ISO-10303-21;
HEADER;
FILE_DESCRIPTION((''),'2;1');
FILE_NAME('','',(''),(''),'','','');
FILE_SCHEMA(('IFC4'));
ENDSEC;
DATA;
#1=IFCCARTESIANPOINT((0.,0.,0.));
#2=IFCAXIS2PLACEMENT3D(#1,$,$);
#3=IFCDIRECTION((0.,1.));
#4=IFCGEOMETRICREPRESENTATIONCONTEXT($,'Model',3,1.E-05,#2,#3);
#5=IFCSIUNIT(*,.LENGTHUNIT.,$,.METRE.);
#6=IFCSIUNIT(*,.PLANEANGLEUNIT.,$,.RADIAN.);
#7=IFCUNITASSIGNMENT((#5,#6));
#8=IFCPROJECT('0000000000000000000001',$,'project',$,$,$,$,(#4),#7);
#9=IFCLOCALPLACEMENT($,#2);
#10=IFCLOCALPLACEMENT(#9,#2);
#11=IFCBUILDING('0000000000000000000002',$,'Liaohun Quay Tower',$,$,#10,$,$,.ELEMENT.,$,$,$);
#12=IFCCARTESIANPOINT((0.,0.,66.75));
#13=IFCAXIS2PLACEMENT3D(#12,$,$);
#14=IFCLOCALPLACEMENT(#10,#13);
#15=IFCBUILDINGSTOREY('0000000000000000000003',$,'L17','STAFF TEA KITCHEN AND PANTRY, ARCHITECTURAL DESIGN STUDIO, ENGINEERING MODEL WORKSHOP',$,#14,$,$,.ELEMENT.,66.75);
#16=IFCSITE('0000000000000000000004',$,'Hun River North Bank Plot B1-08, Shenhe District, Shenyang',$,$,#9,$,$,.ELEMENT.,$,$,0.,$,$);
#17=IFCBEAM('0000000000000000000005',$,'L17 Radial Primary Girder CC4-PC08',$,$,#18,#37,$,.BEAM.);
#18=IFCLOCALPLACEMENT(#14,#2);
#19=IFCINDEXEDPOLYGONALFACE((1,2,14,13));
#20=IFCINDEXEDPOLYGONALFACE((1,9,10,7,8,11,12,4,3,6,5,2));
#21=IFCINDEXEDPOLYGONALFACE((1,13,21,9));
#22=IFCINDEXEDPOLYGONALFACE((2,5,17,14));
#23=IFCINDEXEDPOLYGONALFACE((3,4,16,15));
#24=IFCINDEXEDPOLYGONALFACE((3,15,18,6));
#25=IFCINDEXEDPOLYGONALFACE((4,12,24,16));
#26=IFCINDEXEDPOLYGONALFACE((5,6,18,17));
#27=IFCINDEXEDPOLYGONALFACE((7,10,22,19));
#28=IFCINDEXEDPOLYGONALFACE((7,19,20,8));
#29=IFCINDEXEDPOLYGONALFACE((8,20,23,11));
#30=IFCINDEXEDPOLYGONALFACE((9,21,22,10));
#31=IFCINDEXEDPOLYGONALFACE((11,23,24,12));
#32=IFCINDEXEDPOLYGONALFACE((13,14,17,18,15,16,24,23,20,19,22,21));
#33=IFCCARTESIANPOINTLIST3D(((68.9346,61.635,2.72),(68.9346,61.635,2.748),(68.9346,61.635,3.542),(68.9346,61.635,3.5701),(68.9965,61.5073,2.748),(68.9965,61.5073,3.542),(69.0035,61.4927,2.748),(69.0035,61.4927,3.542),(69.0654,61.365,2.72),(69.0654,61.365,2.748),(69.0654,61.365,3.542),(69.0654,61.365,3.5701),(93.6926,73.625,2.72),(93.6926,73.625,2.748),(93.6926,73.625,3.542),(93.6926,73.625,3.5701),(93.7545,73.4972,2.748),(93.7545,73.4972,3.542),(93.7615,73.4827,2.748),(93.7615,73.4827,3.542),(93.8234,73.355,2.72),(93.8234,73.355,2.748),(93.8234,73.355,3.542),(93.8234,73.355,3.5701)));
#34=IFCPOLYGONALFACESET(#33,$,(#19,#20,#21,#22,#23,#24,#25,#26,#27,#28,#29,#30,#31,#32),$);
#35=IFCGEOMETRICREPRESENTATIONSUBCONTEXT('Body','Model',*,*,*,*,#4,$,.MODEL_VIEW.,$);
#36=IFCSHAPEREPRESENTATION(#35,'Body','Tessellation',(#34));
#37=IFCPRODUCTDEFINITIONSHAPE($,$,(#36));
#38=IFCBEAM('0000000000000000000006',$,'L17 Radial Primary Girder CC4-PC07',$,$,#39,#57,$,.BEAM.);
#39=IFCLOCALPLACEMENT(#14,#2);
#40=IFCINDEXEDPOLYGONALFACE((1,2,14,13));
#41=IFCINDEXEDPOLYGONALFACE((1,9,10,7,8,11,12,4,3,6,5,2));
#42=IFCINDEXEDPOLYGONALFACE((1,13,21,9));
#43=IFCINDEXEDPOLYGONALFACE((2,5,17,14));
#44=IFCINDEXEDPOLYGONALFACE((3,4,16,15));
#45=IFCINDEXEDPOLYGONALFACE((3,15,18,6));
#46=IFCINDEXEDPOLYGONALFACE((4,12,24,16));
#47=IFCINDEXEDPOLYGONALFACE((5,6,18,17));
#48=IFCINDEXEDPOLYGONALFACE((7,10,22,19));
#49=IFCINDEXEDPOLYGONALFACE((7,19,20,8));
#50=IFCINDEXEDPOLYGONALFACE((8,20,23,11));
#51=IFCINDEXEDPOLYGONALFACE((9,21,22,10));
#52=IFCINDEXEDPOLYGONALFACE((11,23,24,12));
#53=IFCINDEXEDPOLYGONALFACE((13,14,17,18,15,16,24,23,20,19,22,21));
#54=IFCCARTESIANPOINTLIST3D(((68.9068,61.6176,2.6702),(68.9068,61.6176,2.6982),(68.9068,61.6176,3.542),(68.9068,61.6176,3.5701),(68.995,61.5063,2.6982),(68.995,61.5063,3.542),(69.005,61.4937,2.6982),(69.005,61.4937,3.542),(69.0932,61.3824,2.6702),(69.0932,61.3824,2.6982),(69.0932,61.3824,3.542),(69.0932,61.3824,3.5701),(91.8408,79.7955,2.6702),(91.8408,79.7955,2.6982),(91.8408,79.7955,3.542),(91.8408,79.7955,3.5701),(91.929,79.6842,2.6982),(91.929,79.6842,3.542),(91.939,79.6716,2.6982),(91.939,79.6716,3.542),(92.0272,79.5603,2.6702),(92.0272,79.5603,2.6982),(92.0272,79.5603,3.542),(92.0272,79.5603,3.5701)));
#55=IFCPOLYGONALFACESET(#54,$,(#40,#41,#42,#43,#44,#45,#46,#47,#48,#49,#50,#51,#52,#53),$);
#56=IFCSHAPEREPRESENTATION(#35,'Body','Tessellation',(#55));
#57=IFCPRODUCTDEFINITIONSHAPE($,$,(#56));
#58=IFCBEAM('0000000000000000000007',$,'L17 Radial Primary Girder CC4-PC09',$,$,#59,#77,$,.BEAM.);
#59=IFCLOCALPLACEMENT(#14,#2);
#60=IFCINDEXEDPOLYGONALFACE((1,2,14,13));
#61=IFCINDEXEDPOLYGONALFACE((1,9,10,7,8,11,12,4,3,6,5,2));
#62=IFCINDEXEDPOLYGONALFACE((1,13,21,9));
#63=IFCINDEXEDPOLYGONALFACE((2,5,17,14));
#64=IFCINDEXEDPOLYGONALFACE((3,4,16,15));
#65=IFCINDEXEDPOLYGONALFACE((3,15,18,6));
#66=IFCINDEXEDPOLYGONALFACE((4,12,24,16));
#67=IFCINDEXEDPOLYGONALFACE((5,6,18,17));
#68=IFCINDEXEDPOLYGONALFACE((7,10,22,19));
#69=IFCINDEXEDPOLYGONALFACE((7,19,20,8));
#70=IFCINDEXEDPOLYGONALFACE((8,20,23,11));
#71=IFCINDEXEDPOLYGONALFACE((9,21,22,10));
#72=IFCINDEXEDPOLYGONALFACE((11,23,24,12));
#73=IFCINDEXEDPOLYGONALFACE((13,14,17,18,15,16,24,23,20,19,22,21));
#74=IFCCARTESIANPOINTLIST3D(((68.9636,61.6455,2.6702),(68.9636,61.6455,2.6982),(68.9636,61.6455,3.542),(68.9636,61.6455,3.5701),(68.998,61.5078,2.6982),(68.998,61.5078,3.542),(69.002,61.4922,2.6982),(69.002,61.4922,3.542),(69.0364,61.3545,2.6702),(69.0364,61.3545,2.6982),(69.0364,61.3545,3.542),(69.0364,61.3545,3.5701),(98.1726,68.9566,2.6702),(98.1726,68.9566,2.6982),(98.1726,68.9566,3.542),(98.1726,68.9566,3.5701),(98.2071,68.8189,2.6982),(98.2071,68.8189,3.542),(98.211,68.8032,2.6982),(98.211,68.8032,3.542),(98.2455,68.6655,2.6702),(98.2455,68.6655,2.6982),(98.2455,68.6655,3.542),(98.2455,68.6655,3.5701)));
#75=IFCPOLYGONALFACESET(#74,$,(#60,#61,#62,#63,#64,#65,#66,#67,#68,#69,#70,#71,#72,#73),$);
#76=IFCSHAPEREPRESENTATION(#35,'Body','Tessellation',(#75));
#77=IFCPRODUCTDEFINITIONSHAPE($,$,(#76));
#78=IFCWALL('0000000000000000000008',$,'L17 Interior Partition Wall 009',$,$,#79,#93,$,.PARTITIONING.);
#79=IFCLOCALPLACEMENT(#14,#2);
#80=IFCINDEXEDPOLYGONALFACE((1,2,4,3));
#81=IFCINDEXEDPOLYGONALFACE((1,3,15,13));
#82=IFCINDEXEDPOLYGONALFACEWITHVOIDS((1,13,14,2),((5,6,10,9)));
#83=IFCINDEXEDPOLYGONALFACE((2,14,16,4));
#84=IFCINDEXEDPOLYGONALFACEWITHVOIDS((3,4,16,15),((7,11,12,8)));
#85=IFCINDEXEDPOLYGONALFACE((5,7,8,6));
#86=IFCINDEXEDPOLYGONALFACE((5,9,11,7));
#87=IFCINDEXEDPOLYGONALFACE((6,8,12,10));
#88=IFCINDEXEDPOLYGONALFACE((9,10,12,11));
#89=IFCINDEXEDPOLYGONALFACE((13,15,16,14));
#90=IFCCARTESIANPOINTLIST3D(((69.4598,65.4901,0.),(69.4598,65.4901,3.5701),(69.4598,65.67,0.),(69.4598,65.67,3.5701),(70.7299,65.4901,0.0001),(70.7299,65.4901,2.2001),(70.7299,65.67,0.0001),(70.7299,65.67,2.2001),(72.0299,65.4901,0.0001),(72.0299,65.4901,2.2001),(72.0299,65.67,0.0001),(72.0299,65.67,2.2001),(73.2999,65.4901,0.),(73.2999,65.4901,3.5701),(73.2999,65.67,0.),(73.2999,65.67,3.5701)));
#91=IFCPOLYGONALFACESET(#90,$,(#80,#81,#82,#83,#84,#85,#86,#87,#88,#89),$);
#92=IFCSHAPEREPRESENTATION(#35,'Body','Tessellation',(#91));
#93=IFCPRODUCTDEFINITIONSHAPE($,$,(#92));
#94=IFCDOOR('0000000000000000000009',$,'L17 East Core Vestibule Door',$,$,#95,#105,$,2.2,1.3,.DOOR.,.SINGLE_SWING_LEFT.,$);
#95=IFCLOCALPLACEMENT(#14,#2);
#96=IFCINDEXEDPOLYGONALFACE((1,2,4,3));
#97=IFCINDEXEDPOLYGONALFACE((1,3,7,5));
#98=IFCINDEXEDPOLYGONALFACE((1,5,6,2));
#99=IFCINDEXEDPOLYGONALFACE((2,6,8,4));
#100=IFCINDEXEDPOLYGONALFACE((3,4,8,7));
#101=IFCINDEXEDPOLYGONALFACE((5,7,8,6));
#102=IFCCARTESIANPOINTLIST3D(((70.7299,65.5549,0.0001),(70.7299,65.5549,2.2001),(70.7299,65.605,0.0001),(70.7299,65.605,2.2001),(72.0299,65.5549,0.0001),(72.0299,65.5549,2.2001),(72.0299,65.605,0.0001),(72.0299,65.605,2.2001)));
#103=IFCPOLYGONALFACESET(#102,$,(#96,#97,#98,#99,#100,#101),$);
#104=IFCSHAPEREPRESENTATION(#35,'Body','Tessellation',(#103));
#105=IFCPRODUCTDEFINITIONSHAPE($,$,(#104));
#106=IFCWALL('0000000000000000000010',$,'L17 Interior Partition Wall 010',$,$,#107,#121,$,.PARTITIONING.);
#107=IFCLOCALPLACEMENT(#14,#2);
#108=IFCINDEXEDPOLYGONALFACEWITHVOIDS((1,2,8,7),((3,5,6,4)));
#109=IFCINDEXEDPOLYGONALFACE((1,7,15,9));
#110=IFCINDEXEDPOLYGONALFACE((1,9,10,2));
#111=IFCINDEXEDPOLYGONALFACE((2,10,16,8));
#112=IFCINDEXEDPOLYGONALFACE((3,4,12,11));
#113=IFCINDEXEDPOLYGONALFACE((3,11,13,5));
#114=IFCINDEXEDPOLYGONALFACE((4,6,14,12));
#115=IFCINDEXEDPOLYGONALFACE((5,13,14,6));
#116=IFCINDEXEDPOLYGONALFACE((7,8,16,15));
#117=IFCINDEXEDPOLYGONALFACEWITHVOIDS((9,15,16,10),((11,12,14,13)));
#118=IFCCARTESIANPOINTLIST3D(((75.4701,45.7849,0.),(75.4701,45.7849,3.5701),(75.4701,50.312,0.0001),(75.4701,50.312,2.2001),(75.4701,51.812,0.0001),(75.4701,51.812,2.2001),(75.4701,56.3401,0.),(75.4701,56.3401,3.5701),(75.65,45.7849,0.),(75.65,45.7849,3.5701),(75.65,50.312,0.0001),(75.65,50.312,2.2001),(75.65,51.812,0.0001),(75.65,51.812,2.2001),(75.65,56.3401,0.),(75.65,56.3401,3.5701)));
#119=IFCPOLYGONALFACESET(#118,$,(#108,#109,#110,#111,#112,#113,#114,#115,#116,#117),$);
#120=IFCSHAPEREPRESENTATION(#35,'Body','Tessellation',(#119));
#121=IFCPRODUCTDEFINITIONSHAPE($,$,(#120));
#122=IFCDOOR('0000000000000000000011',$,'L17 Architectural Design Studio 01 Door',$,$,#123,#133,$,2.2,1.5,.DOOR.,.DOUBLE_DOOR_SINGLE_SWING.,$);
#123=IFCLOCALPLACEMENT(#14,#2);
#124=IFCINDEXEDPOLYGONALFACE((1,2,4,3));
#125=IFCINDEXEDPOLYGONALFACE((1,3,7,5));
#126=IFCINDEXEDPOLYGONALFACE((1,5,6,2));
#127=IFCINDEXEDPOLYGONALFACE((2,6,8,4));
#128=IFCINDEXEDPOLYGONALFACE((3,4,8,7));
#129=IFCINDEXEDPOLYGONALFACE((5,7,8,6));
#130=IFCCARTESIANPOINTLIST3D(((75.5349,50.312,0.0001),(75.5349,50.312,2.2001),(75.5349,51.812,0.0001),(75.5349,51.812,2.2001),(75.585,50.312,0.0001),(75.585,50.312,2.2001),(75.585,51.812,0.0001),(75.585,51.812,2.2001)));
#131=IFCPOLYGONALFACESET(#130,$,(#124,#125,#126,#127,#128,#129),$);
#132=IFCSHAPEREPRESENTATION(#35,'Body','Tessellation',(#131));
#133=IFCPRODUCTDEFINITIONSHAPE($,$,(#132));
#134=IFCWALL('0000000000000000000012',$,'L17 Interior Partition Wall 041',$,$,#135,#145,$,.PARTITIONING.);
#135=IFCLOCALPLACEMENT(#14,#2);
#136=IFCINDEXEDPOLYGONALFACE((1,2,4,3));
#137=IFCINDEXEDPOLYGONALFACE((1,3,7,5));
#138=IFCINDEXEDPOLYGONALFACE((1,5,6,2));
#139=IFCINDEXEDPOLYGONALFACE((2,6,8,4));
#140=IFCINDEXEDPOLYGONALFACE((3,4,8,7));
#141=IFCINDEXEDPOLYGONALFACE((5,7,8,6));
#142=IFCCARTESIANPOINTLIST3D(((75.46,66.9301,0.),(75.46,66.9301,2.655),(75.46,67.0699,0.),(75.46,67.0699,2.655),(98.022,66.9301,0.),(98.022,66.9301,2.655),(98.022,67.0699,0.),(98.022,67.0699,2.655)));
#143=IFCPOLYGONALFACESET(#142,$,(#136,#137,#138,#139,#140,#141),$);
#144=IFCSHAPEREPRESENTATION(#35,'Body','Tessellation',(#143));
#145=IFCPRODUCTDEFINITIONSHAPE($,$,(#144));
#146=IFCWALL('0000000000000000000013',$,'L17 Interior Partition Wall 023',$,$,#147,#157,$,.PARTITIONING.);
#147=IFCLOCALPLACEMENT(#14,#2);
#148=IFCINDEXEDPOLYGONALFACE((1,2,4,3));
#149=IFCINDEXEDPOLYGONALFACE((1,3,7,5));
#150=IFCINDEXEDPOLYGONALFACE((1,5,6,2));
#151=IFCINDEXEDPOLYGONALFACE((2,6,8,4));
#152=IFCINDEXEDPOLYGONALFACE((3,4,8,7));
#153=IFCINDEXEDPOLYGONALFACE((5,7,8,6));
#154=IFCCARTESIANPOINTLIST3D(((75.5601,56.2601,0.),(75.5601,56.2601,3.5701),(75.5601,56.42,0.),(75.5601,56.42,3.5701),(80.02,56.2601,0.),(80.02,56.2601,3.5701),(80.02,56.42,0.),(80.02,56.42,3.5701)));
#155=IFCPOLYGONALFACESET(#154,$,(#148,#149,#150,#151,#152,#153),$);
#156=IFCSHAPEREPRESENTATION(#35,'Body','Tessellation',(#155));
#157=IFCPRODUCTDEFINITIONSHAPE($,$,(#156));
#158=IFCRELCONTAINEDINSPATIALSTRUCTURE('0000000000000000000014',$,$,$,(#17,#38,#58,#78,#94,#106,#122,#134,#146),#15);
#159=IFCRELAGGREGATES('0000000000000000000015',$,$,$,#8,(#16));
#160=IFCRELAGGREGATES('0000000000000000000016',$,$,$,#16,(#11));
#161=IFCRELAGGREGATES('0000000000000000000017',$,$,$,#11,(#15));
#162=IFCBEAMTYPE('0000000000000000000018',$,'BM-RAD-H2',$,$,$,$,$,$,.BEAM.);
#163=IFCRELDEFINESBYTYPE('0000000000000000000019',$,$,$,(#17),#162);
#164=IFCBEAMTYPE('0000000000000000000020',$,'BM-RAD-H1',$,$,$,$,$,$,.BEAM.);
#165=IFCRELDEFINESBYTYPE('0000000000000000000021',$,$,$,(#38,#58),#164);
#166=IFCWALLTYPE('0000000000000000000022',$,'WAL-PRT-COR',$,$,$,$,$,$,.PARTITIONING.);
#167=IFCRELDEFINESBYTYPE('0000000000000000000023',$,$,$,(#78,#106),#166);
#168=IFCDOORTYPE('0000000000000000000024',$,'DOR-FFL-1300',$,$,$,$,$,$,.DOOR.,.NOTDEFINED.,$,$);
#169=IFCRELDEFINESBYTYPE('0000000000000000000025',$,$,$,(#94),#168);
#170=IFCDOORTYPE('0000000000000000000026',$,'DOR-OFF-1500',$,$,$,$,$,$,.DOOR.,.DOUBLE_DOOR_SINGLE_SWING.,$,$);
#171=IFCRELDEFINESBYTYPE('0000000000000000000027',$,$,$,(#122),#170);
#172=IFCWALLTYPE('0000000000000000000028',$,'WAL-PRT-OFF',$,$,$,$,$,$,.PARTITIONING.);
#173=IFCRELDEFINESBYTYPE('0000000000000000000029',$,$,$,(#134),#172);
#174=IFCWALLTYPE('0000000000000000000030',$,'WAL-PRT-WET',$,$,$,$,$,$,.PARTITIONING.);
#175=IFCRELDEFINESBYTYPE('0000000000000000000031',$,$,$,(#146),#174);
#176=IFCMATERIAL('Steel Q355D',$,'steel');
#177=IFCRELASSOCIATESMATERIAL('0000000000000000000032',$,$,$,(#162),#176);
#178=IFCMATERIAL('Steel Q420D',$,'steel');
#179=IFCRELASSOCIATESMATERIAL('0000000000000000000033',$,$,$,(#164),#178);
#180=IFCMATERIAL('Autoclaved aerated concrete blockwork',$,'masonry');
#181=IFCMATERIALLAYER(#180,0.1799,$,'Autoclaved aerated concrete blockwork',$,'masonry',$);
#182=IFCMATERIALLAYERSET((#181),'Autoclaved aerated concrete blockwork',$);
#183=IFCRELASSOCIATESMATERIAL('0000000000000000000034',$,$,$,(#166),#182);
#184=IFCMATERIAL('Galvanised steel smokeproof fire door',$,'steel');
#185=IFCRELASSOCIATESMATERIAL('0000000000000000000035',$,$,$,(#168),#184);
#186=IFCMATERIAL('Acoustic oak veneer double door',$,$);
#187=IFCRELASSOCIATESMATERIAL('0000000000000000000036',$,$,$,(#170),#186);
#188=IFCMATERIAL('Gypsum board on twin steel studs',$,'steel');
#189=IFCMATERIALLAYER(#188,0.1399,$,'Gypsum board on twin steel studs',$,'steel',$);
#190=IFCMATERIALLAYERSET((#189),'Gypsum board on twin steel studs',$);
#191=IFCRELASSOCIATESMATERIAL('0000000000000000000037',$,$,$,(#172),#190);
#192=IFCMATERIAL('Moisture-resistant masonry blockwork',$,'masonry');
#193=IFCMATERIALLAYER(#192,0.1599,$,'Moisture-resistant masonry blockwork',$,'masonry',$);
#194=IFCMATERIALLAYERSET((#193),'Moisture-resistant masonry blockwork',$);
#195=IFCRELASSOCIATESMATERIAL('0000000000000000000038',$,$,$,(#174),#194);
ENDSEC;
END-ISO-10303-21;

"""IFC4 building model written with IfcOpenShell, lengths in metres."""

from ifc_helpers import new_model, si_unit, direction, frame, frame_2d, origin, origin_2d, place, context, subcontext, project, spatial, rectangle, i_section, extrude, source, transform, mapped, material, layer, layer_set, material_profile, profile_set, type_object, element, fill, save


model = new_model("IFC4")

# Units and contexts
model_context = context("Model", 3, precision=1e-05, world=origin(), true_north=direction((0.0, 1.0)))
body_context = subcontext(model_context, "Body", "Model", "MODEL_VIEW")
ifc_project = project(units=[si_unit("LENGTHUNIT", "METRE"), si_unit("PLANEANGLEUNIT", "RADIAN")], contexts=[model_context])

# Site, building, storey
site_placement = place(None, origin())
site = spatial("IfcSite", under=ifc_project, at=site_placement, Name="Hun River North Bank Plot B1-08, Shenhe District, Shenyang", CompositionType="ELEMENT", RefElevation=0.0)
building_placement = place(site_placement, origin())
building = spatial("IfcBuilding", under=site, at=building_placement, Name="Liaohun Quay Tower", CompositionType="ELEMENT")
storey_placement = place(building_placement, frame((0.0, 0.0, 66.75)))
storey = spatial("IfcBuildingStorey", under=building, at=storey_placement, Name="L17", Description="STAFF TEA KITCHEN AND PANTRY, ARCHITECTURAL DESIGN STUDIO, ENGINEERING MODEL WORKSHOP", CompositionType="ELEMENT", Elevation=66.75)

# Beams
ifc_material_1 = material(Name="Steel Q355D", Category="steel")
ifc_material_profile_1 = material_profile(ifc_material_1, i_section(OverallWidth=0.3, OverallDepth=0.8501, WebThickness=0.0161, FlangeThickness=0.0281, at=origin_2d()), Name="HN850x300x16x28")
ifc_profile_set_1 = profile_set([ifc_material_profile_1], Name="Steel Q355D")
beam_type_1 = type_object("IfcBeamType", Name="BM-RAD-H2", PredefinedType="BEAM", material=ifc_profile_set_1)
shared_shape_1 = source(origin(), body_context, "Body", "SweptSolid", [
    extrude(i_section(OverallWidth=0.3, OverallDepth=0.8501, WebThickness=0.0161, FlangeThickness=0.0281, at=origin_2d()), origin(), (0.0, 0.0, 1.0), 27.5085),
])
beam_1_placement = place(storey_placement, frame((69.0, 61.5, 3.145), z_axis=(0.900013, 0.435864, 0.0), x_axis=(-0.435864, 0.900013, 0.0)))
element("IfcBeam", 1, at=beam_1_placement, inside=storey, type_object=beam_type_1, Name="L17 Radial Primary Girder CC4-PC08", PredefinedType="BEAM", context=body_context, shape_type="MappedRepresentation", body=[
    mapped(shared_shape_1, transform((0.0, 0.0, 0.0), x_axis=(1.0, 0.0, 0.0), y_axis=(0.0, 1.0, 0.0), z_axis=(0.0, 0.0, 1.0), scale=1.0)),
])
ifc_material_2 = material(Name="Steel Q420D", Category="steel")
ifc_material_profile_2 = material_profile(ifc_material_2, i_section(OverallWidth=0.3, OverallDepth=0.8999, WebThickness=0.0161, FlangeThickness=0.0281, at=origin_2d()), Name="HN900x300x16x28")
ifc_profile_set_2 = profile_set([ifc_material_profile_2], Name="Steel Q420D")
beam_type_2 = type_object("IfcBeamType", Name="BM-RAD-H1", PredefinedType="BEAM", material=ifc_profile_set_2)
shared_shape_2 = source(origin(), body_context, "Body", "SweptSolid", [
    extrude(i_section(OverallWidth=0.3, OverallDepth=0.8999, WebThickness=0.0161, FlangeThickness=0.0281, at=origin_2d()), origin(), (0.0, 0.0, 1.0), 29.2644),
])
beam_2_placement = place(storey_placement, frame((69.0, 61.5, 3.1201), z_axis=(0.783683, 0.621161, 0.0), x_axis=(-0.621161, 0.783683, 0.0)))
element("IfcBeam", 2, at=beam_2_placement, inside=storey, type_object=beam_type_2, Name="L17 Radial Primary Girder CC4-PC07", PredefinedType="BEAM", context=body_context, shape_type="MappedRepresentation", body=[
    mapped(shared_shape_2, transform((0.0, 0.0, 0.0), x_axis=(1.0, 0.0, 0.0), y_axis=(0.0, 1.0, 0.0), z_axis=(0.0, 0.0, 1.0), scale=1.0)),
])
shared_shape_3 = source(origin(), body_context, "Body", "SweptSolid", [
    extrude(i_section(OverallWidth=0.3, OverallDepth=0.8999, WebThickness=0.0161, FlangeThickness=0.0281, at=origin_2d()), origin(), (0.0, 0.0, 1.0), 30.1101),
])
beam_3_placement = place(storey_placement, frame((69.0, 61.5, 3.1201), z_axis=(0.970074, 0.24281, 0.0), x_axis=(-0.24281, 0.970074, 0.0)))
element("IfcBeam", 3, at=beam_3_placement, inside=storey, type_object=beam_type_2, Name="L17 Radial Primary Girder CC4-PC09", PredefinedType="BEAM", context=body_context, shape_type="MappedRepresentation", body=[
    mapped(shared_shape_3, transform((0.0, 0.0, 0.0), x_axis=(1.0, 0.0, 0.0), y_axis=(0.0, 1.0, 0.0), z_axis=(0.0, 0.0, 1.0), scale=1.0)),
])

# Walls, openings, doors
ifc_material_3 = material(Name="Autoclaved aerated concrete blockwork", Category="masonry")
ifc_layer_1 = layer(ifc_material_3, 0.1799, Name="Autoclaved aerated concrete blockwork", Category="masonry")
ifc_layer_set_1 = layer_set([ifc_layer_1], Name="Autoclaved aerated concrete blockwork")
wall_type_1 = type_object("IfcWallType", Name="WAL-PRT-COR", PredefinedType="PARTITIONING", material=ifc_layer_set_1)
wall_1_placement = place(storey_placement, frame((69.46, 65.5801, 0.0), z_axis=(0.0, 0.0, 1.0), x_axis=(1.0, 0.0, 0.0)))
wall_1 = element("IfcWall", 4, at=wall_1_placement, inside=storey, type_object=wall_type_1, Name="L17 Interior Partition Wall 009", PredefinedType="PARTITIONING", context=body_context, shape_type="SweptSolid", body=[
    extrude(rectangle(XDim=3.8401, YDim=0.1799, at=frame_2d((1.9199, 0.0))), origin(), (0.0, 0.0, 1.0), 3.5701),
])
shared_shape_4 = source(origin(), body_context, "Body", "SweptSolid", [
    extrude(rectangle(XDim=1.3, YDim=2.2, at=frame_2d((0.6499, 1.1001))), frame((0.0, 0.0999, 0.0), z_axis=(0.0, -1.0, 0.0), x_axis=(1.0, 0.0, 0.0)), (0.0, 0.0, 1.0), 0.2),
])
opening_1_placement = place(wall_1_placement, frame((1.27, 0.0, 0.0)))
opening_1 = element("IfcOpeningElement", 5, at=opening_1_placement, cuts=wall_1, PredefinedType="OPENING", context=body_context, shape_type="MappedRepresentation", body=[
    mapped(shared_shape_4, transform((0.0, 0.0, 0.0), x_axis=(1.0, 0.0, 0.0), y_axis=(0.0, 1.0, 0.0), z_axis=(0.0, 0.0, 1.0), scale=1.0)),
])
ifc_material_4 = material(Name="Galvanised steel smokeproof fire door", Category="steel")
door_type_1 = type_object("IfcDoorType", Name="DOR-FFL-1300", OperationType="NOTDEFINED", PredefinedType="DOOR", material=ifc_material_4)
shared_shape_5 = source(origin(), body_context, "Body", "SweptSolid", [
    extrude(rectangle(XDim=1.3, YDim=2.2, at=frame_2d((0.6499, 1.1001))), frame((0.0, 0.0249, 0.0), z_axis=(0.0, -1.0, 0.0), x_axis=(1.0, 0.0, 0.0)), (0.0, 0.0, 1.0), 0.05),
])
door_1_placement = place(opening_1_placement, origin())
door_1 = element("IfcDoor", 6, at=door_1_placement, inside=storey, type_object=door_type_1, Name="L17 East Core Vestibule Door", OperationType="SINGLE_SWING_LEFT", OverallHeight=2.2, OverallWidth=1.3, PredefinedType="DOOR", context=body_context, shape_type="MappedRepresentation", body=[
    mapped(shared_shape_5, transform((0.0, 0.0, 0.0), x_axis=(1.0, 0.0, 0.0), y_axis=(0.0, 1.0, 0.0), z_axis=(0.0, 0.0, 1.0), scale=1.0)),
])
fill(opening_1, door_1)
wall_2_placement = place(storey_placement, frame((75.5601, 56.3401, 0.0), z_axis=(0.0, 0.0, 1.0), x_axis=(0.0, -1.0, 0.0)))
wall_2 = element("IfcWall", 7, at=wall_2_placement, inside=storey, type_object=wall_type_1, Name="L17 Interior Partition Wall 010", PredefinedType="PARTITIONING", context=body_context, shape_type="SweptSolid", body=[
    extrude(rectangle(XDim=10.5552, YDim=0.1799, at=frame_2d((5.2776, 0.0))), origin(), (0.0, 0.0, 1.0), 3.5701),
])
shared_shape_6 = source(origin(), body_context, "Body", "SweptSolid", [
    extrude(rectangle(XDim=1.5, YDim=2.2, at=frame_2d((0.75, 1.1001))), frame((0.0, 0.0999, 0.0), z_axis=(0.0, -1.0, 0.0), x_axis=(1.0, 0.0, 0.0)), (0.0, 0.0, 1.0), 0.2),
])
opening_2_placement = place(wall_2_placement, frame((4.5281, 0.0, 0.0)))
opening_2 = element("IfcOpeningElement", 8, at=opening_2_placement, cuts=wall_2, PredefinedType="OPENING", context=body_context, shape_type="MappedRepresentation", body=[
    mapped(shared_shape_6, transform((0.0, 0.0, 0.0), x_axis=(1.0, 0.0, 0.0), y_axis=(0.0, 1.0, 0.0), z_axis=(0.0, 0.0, 1.0), scale=1.0)),
])
ifc_material_5 = material(Name="Acoustic oak veneer double door")
door_type_2 = type_object("IfcDoorType", Name="DOR-OFF-1500", OperationType="DOUBLE_DOOR_SINGLE_SWING", PredefinedType="DOOR", material=ifc_material_5)
shared_shape_7 = source(origin(), body_context, "Body", "SweptSolid", [
    extrude(rectangle(XDim=1.5, YDim=2.2, at=frame_2d((0.75, 1.1001))), frame((0.0, 0.0249, 0.0), z_axis=(0.0, -1.0, 0.0), x_axis=(1.0, 0.0, 0.0)), (0.0, 0.0, 1.0), 0.05),
])
door_2_placement = place(opening_2_placement, origin())
door_2 = element("IfcDoor", 9, at=door_2_placement, inside=storey, type_object=door_type_2, Name="L17 Architectural Design Studio 01 Door", OperationType="DOUBLE_DOOR_SINGLE_SWING", OverallHeight=2.2, OverallWidth=1.5, PredefinedType="DOOR", context=body_context, shape_type="MappedRepresentation", body=[
    mapped(shared_shape_7, transform((0.0, 0.0, 0.0), x_axis=(1.0, 0.0, 0.0), y_axis=(0.0, 1.0, 0.0), z_axis=(0.0, 0.0, 1.0), scale=1.0)),
])
fill(opening_2, door_2)

# Wall
ifc_material_6 = material(Name="Gypsum board on twin steel studs", Category="steel")
ifc_layer_2 = layer(ifc_material_6, 0.1399, Name="Gypsum board on twin steel studs", Category="steel")
ifc_layer_set_2 = layer_set([ifc_layer_2], Name="Gypsum board on twin steel studs")
wall_type_2 = type_object("IfcWallType", Name="WAL-PRT-OFF", PredefinedType="PARTITIONING", material=ifc_layer_set_2)
wall_3_placement = place(storey_placement, frame((75.46, 67.0, 0.0), z_axis=(0.0, 0.0, 1.0), x_axis=(1.0, 0.0, 0.0)))
element("IfcWall", 10, at=wall_3_placement, inside=storey, type_object=wall_type_2, Name="L17 Interior Partition Wall 041", PredefinedType="PARTITIONING", context=body_context, shape_type="SweptSolid", body=[
    extrude(rectangle(XDim=22.562, YDim=0.1399, at=frame_2d((11.281, 0.0))), origin(), (0.0, 0.0, 1.0), 2.655),
])

# Shared definitions
ifc_material_7 = material(Name="Moisture-resistant masonry blockwork", Category="masonry")
ifc_layer_3 = layer(ifc_material_7, 0.1599, Name="Moisture-resistant masonry blockwork", Category="masonry")
ifc_layer_set_3 = layer_set([ifc_layer_3], Name="Moisture-resistant masonry blockwork")
wall_type_3 = type_object("IfcWallType", Name="WAL-PRT-WET", PredefinedType="PARTITIONING", material=ifc_layer_set_3)

# Wall
for number, where, z_axis, x_axis, name in (
    (11, (75.5601, 56.3401, 0.0), (0.0, 0.0, 1.0), (1.0, 0.0, 0.0), "L17 Interior Partition Wall 023"),
):
    element("IfcWall", number, at=place(storey_placement, frame(where, z_axis=z_axis, x_axis=x_axis)), inside=storey, type_object=wall_type_3, Name=name, PredefinedType="PARTITIONING", context=body_context, shape_type="SweptSolid", body=[
        extrude(rectangle(XDim=4.46, YDim=0.1599, at=frame_2d((2.23, 0.0))), origin(), (0.0, 0.0, 1.0), 3.5701),
    ])

save(model, "model.ifc")
